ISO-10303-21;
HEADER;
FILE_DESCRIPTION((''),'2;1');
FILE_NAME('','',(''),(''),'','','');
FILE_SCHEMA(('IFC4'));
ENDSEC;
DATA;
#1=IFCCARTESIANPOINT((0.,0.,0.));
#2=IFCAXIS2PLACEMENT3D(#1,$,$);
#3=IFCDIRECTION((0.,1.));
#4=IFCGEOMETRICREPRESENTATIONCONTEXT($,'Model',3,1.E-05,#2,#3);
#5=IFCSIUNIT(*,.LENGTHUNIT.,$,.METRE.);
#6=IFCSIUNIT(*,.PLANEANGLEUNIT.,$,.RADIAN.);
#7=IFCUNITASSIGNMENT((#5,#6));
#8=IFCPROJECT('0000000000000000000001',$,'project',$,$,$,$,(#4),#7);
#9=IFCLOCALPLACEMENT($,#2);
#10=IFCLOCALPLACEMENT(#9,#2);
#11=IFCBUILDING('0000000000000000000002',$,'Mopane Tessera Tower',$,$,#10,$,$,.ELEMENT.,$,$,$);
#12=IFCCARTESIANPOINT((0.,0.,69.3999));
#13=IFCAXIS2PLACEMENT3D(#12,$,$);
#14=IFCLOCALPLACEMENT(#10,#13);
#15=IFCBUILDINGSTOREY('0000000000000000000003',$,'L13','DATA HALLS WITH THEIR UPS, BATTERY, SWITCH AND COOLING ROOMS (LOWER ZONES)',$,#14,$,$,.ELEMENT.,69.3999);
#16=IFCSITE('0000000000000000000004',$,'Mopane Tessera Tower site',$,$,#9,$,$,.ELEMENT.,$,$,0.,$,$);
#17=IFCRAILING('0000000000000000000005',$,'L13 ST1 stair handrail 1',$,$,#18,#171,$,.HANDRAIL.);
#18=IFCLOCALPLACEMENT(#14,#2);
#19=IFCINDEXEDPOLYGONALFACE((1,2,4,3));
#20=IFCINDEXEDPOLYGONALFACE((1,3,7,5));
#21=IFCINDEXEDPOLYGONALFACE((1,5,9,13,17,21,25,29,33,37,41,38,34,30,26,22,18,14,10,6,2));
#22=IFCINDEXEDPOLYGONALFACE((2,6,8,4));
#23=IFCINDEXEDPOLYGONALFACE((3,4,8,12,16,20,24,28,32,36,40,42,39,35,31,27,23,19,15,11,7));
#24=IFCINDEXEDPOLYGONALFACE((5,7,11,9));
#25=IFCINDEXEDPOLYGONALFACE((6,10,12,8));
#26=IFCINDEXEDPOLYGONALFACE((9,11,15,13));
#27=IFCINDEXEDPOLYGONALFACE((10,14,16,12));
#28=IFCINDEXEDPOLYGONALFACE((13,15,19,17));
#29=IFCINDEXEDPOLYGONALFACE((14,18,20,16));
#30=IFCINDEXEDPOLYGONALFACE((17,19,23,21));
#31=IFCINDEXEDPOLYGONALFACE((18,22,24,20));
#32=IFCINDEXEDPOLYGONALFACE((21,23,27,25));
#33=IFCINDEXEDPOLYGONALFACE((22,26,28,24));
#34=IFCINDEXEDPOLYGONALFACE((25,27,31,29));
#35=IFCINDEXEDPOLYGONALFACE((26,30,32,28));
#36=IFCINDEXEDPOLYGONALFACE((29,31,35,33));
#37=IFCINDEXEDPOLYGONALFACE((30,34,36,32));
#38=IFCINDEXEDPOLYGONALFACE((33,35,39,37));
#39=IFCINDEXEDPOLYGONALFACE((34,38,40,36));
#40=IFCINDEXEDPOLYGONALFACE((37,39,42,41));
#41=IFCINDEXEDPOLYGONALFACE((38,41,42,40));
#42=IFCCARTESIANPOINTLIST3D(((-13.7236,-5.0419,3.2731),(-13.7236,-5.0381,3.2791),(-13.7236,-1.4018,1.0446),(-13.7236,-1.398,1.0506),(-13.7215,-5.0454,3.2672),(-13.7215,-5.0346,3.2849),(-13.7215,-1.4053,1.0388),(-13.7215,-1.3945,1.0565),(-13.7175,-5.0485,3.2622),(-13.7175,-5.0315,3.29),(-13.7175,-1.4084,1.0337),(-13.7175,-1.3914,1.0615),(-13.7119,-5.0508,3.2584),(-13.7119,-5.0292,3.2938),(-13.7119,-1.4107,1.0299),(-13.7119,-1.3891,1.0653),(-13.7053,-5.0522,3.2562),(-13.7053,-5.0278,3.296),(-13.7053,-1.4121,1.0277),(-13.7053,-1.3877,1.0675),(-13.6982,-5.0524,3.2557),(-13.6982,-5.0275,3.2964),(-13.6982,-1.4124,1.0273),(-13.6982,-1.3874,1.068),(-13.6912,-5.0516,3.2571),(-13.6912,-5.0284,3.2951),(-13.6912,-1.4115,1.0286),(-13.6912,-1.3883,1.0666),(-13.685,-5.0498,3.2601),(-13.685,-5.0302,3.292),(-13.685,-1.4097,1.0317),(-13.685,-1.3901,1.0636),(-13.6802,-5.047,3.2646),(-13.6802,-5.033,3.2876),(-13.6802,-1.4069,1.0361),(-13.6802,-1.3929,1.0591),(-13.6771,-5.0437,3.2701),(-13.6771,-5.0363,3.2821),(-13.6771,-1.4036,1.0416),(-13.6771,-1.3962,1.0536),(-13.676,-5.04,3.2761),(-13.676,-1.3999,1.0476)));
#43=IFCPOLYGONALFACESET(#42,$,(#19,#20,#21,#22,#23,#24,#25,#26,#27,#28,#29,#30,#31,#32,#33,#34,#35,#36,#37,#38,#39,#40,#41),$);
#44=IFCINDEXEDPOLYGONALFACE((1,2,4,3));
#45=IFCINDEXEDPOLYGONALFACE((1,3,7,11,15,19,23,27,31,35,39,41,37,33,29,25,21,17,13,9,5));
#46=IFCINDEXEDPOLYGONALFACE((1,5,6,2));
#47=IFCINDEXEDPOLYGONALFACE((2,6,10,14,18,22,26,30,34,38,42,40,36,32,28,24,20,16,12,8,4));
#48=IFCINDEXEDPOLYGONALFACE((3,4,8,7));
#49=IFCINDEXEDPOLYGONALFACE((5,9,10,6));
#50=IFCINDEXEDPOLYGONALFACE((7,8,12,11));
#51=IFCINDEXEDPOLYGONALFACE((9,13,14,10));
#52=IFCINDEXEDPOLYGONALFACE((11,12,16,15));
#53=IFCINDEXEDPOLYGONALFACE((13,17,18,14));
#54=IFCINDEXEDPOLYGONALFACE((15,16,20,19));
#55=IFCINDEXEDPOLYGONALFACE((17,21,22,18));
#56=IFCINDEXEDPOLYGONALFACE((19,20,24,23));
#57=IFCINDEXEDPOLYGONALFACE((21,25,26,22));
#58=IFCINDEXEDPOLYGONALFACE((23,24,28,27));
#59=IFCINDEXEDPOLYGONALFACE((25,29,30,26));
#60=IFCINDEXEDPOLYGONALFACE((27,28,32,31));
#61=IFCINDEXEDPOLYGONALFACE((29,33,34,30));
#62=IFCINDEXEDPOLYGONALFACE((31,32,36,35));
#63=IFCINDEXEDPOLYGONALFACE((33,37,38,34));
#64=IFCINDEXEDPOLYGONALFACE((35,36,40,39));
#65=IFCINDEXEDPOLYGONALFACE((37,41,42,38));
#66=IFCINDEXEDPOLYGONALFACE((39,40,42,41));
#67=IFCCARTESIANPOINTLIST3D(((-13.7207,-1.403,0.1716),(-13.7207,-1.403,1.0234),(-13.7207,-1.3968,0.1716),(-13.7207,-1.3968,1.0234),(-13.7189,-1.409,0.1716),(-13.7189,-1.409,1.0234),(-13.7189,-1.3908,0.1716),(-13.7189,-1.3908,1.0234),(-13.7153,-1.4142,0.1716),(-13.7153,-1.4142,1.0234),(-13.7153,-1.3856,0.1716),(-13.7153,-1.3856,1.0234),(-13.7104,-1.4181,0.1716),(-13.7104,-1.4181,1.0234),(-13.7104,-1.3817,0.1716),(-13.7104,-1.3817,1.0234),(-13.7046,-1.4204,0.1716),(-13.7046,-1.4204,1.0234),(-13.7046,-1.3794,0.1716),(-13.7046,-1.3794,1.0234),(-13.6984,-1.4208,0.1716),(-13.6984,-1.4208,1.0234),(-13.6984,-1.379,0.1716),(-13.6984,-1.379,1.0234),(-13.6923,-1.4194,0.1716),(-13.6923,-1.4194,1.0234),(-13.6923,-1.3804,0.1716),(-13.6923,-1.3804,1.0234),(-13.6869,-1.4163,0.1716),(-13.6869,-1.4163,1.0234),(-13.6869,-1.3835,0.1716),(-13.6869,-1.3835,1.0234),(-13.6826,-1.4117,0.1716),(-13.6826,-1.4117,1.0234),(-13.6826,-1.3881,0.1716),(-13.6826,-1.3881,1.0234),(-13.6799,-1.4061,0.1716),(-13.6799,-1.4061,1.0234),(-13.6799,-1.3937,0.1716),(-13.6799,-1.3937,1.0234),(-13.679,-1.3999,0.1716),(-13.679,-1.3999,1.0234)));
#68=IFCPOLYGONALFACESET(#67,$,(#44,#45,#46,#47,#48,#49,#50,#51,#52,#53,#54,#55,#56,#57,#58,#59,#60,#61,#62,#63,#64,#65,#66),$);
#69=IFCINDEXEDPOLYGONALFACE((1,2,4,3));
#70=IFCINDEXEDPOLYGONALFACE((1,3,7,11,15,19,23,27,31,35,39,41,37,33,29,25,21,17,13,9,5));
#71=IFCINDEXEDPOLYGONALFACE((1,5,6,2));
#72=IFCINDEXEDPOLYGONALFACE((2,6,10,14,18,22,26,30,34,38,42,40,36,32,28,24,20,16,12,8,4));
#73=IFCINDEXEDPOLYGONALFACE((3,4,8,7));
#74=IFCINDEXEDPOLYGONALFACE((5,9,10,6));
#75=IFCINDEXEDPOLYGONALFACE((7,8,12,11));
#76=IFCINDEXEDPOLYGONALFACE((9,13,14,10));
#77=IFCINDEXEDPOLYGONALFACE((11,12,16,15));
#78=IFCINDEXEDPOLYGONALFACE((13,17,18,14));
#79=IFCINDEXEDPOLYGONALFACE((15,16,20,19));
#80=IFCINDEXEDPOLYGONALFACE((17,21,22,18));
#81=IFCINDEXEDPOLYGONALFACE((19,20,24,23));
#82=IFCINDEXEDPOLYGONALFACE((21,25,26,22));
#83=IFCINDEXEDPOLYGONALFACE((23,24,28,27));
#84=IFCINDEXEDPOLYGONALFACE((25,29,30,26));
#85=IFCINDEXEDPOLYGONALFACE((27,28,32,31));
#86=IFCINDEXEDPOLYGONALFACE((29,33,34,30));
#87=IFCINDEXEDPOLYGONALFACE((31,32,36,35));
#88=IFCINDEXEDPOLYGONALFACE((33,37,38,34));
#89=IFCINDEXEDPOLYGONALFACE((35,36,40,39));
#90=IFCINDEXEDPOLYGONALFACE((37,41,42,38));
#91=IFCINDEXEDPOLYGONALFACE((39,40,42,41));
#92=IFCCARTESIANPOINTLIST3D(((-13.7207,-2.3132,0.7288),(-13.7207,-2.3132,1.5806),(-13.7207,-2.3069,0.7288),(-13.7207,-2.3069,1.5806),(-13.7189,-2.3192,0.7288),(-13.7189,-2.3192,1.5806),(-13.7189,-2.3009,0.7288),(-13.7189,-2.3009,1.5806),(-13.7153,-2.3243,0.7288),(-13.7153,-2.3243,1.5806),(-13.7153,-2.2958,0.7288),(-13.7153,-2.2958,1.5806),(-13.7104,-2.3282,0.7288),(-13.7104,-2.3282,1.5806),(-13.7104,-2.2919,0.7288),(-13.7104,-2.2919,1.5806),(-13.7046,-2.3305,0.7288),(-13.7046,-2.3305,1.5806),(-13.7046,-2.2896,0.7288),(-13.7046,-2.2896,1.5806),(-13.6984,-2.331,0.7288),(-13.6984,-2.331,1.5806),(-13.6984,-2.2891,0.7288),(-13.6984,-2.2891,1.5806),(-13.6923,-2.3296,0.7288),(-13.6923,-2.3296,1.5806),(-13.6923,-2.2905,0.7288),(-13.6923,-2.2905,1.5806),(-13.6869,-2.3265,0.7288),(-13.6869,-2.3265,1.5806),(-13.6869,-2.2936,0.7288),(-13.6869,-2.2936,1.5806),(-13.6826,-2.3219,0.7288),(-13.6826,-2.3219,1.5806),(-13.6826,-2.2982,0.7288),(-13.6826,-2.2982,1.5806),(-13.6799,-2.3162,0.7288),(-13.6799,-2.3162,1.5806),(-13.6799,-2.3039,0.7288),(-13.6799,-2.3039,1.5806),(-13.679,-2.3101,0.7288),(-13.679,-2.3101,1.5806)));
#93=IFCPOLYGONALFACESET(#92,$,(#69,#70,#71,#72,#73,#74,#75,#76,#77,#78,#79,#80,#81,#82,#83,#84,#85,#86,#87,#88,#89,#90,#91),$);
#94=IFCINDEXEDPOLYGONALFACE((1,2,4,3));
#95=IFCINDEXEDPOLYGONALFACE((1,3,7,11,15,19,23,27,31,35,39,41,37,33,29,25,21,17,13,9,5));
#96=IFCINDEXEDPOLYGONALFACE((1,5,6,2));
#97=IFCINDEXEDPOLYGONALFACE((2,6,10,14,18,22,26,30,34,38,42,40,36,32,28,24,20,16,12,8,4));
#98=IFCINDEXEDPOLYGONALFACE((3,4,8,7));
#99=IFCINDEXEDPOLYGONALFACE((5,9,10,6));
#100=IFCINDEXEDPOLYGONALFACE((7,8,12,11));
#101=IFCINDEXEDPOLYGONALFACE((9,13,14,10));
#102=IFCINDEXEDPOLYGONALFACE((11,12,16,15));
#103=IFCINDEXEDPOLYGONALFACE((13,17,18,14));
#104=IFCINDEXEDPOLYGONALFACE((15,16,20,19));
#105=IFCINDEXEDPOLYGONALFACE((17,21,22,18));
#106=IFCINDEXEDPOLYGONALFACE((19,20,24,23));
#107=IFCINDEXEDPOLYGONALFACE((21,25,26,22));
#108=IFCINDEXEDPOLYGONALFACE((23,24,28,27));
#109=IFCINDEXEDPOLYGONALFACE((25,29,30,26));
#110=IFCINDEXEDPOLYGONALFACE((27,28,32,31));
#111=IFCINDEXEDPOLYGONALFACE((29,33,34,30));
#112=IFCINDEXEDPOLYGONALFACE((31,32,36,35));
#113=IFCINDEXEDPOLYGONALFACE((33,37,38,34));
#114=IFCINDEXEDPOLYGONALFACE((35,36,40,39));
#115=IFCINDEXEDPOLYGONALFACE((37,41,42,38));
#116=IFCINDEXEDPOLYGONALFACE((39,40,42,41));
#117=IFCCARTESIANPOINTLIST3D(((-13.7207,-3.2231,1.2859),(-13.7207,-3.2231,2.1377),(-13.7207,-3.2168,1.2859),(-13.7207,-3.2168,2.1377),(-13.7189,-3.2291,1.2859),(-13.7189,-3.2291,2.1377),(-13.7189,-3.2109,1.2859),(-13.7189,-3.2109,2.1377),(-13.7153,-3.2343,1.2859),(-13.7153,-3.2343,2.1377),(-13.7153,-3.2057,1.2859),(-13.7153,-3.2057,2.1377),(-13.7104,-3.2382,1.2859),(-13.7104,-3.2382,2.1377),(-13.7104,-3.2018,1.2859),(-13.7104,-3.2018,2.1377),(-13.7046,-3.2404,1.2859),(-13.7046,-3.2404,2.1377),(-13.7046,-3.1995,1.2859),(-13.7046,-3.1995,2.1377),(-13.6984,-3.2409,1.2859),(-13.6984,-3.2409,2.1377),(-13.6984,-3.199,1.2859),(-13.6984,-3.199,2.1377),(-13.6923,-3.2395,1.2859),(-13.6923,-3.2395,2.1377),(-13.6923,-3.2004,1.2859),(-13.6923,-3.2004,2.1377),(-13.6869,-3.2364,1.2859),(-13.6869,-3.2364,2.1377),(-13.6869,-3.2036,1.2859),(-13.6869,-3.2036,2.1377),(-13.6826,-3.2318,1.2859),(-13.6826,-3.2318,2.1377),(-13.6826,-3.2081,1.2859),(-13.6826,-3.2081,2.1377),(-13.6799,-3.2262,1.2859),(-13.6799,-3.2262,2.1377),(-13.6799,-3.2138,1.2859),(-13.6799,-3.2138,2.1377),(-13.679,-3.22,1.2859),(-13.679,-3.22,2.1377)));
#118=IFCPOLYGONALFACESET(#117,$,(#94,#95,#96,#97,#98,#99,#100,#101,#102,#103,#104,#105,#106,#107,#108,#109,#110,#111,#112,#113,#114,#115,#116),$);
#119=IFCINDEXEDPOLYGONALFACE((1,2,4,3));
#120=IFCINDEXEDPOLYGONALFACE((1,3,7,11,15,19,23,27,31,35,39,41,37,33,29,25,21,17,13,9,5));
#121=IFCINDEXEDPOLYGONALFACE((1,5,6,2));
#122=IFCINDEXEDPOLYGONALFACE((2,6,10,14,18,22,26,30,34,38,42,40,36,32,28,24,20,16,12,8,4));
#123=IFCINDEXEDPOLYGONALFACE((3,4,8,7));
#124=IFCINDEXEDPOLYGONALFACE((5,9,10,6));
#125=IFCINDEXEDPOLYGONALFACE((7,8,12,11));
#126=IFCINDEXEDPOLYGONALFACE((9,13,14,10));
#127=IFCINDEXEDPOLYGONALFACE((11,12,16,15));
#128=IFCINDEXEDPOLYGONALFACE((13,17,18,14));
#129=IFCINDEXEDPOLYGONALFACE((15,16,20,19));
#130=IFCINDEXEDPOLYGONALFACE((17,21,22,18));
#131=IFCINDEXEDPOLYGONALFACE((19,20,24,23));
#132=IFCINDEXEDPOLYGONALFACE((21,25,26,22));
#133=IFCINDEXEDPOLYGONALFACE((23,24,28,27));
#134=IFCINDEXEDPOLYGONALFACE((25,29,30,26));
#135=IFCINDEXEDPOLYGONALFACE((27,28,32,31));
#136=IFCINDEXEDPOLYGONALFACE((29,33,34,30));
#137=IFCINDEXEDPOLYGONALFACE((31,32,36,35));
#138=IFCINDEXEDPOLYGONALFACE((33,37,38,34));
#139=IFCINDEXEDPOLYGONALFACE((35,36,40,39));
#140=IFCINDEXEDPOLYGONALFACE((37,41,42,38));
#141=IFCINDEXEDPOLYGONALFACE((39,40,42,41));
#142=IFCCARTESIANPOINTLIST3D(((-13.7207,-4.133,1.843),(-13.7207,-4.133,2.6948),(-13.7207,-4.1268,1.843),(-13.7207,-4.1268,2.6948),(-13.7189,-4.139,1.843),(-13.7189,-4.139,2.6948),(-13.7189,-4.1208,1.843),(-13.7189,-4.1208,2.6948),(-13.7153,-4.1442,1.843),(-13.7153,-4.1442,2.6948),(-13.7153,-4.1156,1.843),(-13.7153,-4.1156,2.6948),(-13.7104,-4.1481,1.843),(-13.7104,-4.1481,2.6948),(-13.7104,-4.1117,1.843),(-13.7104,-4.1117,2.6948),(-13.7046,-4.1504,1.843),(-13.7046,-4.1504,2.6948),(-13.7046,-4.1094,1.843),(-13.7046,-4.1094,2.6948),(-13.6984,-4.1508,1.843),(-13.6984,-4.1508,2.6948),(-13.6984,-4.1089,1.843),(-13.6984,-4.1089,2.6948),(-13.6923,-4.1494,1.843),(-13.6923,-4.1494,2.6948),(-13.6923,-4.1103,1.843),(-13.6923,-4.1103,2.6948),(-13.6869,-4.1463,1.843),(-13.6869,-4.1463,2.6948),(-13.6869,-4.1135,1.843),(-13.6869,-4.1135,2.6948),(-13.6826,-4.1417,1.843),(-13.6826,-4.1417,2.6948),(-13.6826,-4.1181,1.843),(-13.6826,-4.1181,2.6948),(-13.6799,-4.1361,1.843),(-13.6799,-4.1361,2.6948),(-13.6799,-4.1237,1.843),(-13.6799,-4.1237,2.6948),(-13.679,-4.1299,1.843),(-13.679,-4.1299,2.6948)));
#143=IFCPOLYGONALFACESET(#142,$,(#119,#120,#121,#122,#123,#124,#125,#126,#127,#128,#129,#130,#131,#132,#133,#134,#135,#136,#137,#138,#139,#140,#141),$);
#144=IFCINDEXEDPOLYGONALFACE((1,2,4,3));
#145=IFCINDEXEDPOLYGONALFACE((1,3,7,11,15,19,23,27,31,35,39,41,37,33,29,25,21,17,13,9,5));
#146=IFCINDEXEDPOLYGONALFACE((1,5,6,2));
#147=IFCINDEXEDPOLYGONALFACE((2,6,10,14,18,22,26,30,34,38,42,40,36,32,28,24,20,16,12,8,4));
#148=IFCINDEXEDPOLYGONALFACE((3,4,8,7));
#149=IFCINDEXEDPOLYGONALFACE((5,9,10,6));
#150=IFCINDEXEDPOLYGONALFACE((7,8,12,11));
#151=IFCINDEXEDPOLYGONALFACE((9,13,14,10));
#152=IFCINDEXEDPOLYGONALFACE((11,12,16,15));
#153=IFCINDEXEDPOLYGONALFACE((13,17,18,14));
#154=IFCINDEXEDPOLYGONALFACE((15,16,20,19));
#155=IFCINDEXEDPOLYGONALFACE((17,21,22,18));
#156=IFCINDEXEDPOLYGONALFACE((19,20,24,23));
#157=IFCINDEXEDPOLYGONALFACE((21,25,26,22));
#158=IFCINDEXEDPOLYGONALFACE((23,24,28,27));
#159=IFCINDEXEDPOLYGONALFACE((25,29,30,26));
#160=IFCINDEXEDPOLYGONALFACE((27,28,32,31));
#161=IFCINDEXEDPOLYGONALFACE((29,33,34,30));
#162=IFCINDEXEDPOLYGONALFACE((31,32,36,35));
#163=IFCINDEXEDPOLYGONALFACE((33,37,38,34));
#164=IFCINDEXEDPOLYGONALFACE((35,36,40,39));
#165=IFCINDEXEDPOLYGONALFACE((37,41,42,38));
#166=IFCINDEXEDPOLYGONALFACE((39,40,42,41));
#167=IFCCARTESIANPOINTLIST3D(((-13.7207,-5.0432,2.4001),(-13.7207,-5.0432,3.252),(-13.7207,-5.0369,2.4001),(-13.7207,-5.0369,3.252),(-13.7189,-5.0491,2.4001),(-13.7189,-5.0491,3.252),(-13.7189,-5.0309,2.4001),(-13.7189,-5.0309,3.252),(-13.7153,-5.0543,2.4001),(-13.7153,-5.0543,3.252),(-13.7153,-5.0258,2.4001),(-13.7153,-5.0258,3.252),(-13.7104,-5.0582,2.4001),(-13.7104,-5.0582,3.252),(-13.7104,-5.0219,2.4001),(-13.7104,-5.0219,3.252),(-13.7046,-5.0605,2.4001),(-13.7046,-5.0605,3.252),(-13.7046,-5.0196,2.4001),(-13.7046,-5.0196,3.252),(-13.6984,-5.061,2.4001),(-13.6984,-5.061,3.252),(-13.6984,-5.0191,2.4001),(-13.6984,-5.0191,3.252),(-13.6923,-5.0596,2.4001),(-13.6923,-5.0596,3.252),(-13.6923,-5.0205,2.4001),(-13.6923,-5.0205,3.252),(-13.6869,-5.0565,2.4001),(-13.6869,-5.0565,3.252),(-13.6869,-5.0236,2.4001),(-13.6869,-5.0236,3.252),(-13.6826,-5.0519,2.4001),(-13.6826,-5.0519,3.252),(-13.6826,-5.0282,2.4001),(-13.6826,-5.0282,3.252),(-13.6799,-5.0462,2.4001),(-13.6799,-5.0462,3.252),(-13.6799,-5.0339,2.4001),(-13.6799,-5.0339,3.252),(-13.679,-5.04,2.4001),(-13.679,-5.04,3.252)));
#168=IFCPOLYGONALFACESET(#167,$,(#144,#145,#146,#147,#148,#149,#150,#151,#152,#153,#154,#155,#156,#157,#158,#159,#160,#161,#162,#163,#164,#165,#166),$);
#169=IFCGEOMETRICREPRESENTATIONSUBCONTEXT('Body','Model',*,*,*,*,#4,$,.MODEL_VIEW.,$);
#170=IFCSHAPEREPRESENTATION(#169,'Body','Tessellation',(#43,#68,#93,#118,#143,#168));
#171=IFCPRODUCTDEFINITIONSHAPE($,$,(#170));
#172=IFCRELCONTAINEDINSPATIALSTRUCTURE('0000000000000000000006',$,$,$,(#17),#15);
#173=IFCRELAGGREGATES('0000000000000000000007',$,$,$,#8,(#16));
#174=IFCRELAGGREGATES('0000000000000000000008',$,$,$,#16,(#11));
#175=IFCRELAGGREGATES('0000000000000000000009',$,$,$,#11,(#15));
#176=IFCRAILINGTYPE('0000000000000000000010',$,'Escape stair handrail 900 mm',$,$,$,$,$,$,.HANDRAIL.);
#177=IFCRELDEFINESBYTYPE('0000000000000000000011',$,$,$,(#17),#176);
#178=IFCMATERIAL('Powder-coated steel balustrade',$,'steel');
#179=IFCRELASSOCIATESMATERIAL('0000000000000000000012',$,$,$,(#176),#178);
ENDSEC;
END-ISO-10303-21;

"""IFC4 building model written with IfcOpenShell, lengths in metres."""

from ifc_helpers import new_model, si_unit, direction, frame, origin, origin_2d, place, context, subcontext, project, spatial, circle, extrude, material, type_object, element, save


model = new_model("IFC4")

# Units and contexts
model_context = context("Model", 3, precision=1e-05, world=origin(), true_north=direction((0.0, 1.0)))
body_context = subcontext(model_context, "Body", "Model", "MODEL_VIEW")
ifc_project = project(units=[si_unit("LENGTHUNIT", "METRE"), si_unit("PLANEANGLEUNIT", "RADIAN")], contexts=[model_context])

# Site, building, storey
site_placement = place(None, origin())
site = spatial("IfcSite", under=ifc_project, at=site_placement, Name="Mopane Tessera Tower site", CompositionType="ELEMENT", RefElevation=0.0)
building_placement = place(site_placement, origin())
building = spatial("IfcBuilding", under=site, at=building_placement, Name="Mopane Tessera Tower", CompositionType="ELEMENT")
storey_placement = place(building_placement, frame((0.0, 0.0, 69.3999)))
storey = spatial("IfcBuildingStorey", under=building, at=storey_placement, Name="L13", Description="DATA HALLS WITH THEIR UPS, BATTERY, SWITCH AND COOLING ROOMS (LOWER ZONES)", CompositionType="ELEMENT", Elevation=69.3999)

# Railing
ifc_material_1 = material(Name="Powder-coated steel balustrade", Category="steel")
railing_type_1 = type_object("IfcRailingType", Name="Escape stair handrail 900 mm", PredefinedType="HANDRAIL", material=ifc_material_1)
railing_1_placement = place(storey_placement, frame((-13.7, -1.3999, 0.1716)))
element("IfcRailing", 1, at=railing_1_placement, inside=storey, type_object=railing_type_1, Name="L13 ST1 stair handrail 1", PredefinedType="HANDRAIL", context=body_context, shape_type="SweptSolid", body=[
    extrude(circle(Radius=0.0239, at=origin_2d()), frame((0.0, 0.0, 0.876), z_axis=(0.0, -0.852866, 0.52213), x_axis=(1.0, 0.0, 0.0)), (0.0, 0.0, 1.0), 4.2681),
    extrude(circle(Radius=0.021, at=origin_2d()), origin(), (0.0, 0.0, 1.0), 0.8518),
    extrude(circle(Radius=0.021, at=origin_2d()), frame((0.0, -0.9102, 0.5571)), (0.0, 0.0, 1.0), 0.8518),
    extrude(circle(Radius=0.021, at=origin_2d()), frame((0.0, -1.8201, 1.1143)), (0.0, 0.0, 1.0), 0.8518),
    extrude(circle(Radius=0.021, at=origin_2d()), frame((0.0, -2.73, 1.6714)), (0.0, 0.0, 1.0), 0.8518),
    extrude(circle(Radius=0.021, at=origin_2d()), frame((0.0, -3.6401, 2.2285)), (0.0, 0.0, 1.0), 0.8518),
])

save(model, "model.ifc")
